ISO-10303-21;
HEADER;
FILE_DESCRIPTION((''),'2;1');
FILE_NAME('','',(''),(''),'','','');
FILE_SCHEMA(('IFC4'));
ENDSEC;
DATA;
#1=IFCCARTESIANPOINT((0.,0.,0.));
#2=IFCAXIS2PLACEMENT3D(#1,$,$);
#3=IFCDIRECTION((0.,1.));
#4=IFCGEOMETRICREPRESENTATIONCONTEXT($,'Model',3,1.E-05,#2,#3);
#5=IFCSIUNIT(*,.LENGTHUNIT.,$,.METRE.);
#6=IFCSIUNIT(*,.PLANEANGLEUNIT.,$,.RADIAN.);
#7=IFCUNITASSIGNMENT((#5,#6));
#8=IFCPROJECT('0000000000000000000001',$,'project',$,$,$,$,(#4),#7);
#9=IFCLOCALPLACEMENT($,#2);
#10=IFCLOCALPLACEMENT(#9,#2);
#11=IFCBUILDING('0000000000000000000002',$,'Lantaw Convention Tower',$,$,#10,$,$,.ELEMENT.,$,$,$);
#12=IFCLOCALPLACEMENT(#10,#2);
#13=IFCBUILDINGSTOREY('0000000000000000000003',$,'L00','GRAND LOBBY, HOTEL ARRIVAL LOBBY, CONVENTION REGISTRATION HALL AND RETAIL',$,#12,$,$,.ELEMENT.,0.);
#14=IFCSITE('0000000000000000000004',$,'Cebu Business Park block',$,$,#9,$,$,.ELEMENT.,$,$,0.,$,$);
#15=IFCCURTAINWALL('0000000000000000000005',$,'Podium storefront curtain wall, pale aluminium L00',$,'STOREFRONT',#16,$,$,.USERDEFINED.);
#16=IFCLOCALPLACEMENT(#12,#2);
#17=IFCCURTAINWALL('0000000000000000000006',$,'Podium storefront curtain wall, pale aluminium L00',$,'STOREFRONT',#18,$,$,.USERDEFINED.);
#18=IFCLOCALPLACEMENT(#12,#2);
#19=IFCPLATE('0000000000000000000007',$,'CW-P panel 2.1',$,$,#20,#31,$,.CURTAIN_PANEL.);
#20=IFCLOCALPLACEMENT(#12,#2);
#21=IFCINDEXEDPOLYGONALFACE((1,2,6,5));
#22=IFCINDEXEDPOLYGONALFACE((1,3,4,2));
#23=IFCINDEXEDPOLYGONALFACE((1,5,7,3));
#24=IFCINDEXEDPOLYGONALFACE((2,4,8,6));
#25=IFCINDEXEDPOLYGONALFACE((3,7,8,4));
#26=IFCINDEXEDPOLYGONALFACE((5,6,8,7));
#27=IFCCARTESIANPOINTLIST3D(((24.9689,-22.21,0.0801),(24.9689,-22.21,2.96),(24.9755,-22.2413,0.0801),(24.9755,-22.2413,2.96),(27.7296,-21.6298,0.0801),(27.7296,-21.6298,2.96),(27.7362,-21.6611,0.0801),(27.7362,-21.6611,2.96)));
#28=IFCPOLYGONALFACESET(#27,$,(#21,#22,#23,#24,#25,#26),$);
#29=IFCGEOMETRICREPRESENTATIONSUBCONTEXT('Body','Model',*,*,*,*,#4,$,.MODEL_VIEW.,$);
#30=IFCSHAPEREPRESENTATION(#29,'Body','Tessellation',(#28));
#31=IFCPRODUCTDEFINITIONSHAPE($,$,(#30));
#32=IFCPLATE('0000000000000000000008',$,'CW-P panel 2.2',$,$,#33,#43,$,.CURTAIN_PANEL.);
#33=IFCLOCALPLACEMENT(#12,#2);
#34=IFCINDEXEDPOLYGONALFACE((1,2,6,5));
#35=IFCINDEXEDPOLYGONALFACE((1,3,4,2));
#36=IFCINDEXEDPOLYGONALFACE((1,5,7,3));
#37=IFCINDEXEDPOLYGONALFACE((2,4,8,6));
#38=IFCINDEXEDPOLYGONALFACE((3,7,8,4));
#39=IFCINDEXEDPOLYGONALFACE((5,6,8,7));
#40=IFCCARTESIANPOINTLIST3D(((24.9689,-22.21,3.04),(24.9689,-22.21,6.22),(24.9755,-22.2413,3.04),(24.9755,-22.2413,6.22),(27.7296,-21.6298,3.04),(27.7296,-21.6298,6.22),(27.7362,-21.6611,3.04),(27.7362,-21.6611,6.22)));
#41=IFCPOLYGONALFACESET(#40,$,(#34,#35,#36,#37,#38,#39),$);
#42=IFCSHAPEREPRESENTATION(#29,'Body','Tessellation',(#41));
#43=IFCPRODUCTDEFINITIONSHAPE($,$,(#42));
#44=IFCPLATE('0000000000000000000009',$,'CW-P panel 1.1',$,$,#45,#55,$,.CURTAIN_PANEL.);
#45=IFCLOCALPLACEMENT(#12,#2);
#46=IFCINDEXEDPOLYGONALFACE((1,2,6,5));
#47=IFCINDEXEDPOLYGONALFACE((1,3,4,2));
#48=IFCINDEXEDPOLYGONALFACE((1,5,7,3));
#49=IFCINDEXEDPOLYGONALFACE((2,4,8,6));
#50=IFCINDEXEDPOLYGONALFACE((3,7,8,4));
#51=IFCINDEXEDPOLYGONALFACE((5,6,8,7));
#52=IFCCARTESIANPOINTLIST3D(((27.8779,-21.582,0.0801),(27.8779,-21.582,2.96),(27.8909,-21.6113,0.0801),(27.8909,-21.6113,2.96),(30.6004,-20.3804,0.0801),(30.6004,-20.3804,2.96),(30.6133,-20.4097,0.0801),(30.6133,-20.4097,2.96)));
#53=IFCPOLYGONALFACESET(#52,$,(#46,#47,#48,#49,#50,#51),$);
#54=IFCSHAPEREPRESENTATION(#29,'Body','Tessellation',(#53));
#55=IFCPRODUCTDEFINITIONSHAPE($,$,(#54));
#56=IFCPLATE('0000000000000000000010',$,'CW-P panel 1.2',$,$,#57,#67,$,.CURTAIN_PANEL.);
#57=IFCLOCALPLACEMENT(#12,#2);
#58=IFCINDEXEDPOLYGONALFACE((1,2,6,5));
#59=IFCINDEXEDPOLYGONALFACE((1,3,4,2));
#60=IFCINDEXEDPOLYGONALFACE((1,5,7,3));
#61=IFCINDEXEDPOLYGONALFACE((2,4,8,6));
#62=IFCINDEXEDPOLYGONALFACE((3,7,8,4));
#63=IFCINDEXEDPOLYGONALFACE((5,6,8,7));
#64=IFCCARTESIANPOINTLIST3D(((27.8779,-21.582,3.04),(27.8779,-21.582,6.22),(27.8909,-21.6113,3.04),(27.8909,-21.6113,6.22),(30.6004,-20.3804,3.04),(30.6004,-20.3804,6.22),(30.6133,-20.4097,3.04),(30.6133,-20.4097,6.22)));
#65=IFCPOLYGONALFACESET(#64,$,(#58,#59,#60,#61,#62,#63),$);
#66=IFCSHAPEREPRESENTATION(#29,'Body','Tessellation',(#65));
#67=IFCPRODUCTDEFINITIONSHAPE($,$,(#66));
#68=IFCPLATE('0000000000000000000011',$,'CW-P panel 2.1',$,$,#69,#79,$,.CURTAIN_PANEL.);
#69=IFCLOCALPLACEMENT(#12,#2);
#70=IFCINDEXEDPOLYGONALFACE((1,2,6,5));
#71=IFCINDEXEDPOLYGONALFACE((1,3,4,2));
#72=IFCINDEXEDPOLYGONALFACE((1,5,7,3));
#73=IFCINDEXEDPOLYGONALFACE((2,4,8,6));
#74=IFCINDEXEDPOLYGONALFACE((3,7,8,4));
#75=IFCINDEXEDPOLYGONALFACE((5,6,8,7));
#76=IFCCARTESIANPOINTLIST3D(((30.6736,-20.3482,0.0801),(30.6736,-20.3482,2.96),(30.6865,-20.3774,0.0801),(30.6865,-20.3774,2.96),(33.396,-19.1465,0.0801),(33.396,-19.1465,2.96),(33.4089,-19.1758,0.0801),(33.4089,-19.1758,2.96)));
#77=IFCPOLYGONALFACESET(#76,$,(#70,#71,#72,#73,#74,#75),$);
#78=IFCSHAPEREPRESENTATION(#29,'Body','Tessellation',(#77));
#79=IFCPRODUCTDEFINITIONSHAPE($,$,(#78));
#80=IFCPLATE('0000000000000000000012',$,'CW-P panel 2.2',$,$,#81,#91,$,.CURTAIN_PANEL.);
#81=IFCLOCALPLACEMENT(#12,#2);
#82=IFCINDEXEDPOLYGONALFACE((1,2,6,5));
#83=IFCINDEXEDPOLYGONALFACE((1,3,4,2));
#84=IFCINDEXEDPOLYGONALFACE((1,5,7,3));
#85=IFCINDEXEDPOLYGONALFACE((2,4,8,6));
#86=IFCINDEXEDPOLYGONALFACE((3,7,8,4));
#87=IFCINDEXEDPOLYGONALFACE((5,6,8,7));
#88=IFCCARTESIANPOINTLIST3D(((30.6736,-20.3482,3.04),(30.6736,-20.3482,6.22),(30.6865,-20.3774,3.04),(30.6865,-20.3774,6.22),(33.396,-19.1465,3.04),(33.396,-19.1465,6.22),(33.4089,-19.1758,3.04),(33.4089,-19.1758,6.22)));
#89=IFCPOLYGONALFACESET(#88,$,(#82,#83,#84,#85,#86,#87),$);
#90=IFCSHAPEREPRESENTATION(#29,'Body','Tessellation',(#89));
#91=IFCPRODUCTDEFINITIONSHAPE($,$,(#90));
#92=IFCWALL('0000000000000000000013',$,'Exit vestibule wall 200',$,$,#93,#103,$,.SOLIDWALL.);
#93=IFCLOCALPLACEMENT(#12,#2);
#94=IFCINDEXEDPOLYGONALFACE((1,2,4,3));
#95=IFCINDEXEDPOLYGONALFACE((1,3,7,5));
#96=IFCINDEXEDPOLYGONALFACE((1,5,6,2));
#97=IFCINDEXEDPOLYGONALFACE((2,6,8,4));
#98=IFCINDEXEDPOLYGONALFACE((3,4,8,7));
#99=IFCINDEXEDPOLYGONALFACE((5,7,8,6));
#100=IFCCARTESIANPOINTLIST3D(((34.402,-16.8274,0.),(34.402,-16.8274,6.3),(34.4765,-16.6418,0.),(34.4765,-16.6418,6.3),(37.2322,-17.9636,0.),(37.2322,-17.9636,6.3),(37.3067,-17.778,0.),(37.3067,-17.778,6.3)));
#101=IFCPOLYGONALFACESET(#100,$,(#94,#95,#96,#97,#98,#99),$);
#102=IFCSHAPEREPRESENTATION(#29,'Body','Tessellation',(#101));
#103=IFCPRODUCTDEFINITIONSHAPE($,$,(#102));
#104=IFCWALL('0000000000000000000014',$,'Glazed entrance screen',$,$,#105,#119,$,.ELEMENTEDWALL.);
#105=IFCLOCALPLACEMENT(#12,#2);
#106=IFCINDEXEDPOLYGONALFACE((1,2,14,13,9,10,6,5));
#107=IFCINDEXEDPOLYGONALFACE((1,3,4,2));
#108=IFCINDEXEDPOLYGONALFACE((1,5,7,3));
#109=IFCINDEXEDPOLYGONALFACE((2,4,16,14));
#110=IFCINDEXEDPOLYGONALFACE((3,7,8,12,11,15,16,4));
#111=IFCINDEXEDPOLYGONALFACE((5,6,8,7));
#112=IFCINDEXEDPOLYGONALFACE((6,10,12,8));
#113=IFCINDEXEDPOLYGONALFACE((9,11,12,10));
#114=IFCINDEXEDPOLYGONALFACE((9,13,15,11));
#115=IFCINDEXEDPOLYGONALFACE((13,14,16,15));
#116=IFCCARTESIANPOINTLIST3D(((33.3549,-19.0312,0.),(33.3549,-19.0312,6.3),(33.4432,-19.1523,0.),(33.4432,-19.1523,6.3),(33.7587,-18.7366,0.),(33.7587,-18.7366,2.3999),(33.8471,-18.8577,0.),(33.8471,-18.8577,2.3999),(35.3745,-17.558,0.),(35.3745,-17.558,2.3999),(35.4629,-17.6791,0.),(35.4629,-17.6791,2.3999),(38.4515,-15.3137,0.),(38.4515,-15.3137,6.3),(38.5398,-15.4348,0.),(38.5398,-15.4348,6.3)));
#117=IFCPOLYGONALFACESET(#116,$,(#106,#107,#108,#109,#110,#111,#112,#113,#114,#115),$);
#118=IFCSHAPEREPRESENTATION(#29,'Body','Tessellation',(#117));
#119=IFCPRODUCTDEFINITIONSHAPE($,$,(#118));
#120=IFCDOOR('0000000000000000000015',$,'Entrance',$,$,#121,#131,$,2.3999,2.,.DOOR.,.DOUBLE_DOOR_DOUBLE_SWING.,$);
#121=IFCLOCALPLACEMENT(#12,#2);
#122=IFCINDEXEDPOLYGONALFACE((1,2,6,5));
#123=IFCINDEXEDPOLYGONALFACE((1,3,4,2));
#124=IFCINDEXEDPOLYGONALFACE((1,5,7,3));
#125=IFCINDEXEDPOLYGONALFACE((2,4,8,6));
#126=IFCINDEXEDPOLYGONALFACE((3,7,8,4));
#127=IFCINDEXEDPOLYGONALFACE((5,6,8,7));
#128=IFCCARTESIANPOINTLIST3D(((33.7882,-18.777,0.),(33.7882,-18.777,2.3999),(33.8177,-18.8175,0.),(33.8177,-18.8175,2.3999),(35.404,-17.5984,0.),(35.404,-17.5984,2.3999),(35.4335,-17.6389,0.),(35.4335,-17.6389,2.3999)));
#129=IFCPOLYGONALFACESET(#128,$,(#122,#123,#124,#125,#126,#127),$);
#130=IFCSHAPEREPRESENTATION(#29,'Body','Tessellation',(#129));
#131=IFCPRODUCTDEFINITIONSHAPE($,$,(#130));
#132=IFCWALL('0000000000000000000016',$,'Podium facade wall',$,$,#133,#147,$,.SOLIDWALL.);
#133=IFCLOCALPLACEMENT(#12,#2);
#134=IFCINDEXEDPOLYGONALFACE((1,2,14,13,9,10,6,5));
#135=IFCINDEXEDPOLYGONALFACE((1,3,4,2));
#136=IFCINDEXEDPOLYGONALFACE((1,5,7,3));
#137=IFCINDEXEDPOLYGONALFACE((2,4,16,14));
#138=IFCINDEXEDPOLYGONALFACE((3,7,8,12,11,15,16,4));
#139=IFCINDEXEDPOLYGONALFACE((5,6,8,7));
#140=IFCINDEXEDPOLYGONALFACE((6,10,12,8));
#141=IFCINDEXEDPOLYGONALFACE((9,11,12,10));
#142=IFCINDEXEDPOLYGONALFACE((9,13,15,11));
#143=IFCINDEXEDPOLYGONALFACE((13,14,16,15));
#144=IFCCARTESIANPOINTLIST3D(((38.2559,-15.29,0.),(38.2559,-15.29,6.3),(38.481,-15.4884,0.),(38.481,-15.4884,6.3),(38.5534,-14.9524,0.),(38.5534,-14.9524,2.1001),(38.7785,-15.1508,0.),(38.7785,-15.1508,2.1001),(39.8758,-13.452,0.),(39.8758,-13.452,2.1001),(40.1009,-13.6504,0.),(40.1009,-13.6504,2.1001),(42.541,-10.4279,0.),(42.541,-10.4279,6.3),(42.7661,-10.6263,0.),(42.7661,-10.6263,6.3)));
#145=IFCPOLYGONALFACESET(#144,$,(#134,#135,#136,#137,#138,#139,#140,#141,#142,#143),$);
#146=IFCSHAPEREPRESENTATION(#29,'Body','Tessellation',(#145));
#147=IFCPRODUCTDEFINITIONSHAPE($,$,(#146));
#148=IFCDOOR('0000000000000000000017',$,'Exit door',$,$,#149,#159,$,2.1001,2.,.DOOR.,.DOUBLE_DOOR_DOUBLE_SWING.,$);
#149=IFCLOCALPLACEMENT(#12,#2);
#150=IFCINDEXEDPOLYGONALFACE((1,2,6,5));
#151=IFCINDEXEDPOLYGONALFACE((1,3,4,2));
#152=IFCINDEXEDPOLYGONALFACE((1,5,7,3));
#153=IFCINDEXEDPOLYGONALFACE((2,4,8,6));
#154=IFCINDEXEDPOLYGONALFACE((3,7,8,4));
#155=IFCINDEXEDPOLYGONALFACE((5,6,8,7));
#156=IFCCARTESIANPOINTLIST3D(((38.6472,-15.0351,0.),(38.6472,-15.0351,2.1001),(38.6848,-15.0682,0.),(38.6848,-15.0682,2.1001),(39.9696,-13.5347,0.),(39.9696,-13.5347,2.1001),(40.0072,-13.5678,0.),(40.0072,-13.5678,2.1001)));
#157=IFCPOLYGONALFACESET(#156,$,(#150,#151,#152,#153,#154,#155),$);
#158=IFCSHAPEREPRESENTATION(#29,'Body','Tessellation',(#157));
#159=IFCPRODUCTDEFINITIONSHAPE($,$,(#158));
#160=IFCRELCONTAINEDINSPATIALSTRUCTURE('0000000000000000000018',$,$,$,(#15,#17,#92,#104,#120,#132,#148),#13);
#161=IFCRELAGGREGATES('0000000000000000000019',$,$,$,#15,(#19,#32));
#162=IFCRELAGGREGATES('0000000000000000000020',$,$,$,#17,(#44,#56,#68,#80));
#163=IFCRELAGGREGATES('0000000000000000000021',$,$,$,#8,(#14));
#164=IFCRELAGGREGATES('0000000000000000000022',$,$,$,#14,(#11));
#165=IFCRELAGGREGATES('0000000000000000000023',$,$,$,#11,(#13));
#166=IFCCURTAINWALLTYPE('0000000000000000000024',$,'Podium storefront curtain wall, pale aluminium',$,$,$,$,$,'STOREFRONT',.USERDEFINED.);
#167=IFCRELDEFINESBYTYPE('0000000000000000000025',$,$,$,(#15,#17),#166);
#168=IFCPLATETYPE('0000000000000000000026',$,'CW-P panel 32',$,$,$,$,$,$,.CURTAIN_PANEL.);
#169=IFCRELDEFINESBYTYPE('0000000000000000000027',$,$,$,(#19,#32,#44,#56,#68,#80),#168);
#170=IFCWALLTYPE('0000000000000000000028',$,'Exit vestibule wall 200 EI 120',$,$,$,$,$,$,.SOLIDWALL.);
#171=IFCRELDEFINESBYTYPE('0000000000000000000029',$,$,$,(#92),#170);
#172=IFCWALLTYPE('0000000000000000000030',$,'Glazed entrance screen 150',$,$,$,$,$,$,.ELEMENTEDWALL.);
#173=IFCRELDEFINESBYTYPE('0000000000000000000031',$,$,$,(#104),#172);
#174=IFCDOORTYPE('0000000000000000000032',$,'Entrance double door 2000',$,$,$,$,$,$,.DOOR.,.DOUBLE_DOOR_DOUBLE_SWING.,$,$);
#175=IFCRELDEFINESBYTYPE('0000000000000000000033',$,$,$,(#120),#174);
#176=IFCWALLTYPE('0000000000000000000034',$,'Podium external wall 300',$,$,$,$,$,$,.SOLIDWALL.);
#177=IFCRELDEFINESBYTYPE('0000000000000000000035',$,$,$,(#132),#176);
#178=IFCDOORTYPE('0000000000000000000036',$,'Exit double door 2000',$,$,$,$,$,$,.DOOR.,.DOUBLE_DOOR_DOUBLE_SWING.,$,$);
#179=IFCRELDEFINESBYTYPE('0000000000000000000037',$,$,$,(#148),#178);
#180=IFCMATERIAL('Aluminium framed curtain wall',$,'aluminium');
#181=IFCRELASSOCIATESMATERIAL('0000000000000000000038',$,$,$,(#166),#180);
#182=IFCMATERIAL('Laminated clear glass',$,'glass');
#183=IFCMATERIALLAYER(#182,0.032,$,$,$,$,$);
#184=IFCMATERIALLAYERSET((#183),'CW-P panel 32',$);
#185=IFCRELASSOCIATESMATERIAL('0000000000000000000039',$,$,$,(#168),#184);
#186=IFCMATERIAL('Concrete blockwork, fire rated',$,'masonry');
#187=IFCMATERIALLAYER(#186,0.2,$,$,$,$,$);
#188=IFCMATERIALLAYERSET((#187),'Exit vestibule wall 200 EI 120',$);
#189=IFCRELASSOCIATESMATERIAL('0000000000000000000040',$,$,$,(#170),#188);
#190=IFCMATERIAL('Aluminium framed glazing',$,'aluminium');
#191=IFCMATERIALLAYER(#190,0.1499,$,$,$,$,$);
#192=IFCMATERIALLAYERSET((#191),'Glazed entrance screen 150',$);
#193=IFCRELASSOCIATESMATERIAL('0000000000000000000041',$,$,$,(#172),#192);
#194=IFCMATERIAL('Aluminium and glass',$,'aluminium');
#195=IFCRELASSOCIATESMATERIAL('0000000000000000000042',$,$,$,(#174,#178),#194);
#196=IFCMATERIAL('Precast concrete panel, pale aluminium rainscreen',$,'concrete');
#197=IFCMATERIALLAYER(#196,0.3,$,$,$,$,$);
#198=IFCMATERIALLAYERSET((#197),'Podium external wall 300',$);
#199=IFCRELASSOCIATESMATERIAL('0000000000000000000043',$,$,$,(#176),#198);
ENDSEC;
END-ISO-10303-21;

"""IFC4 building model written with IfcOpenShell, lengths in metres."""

from ifc_helpers import new_model, si_unit, direction, frame, frame_2d, origin, origin_2d, place, context, subcontext, project, spatial, rectangle, extrude, material, layer, layer_set, type_object, element, fill, aggregate, save


model = new_model("IFC4")

# Units and contexts
model_context = context("Model", 3, precision=1e-05, world=origin(), true_north=direction((0.0, 1.0)))
body_context = subcontext(model_context, "Body", "Model", "MODEL_VIEW")
ifc_project = project(units=[si_unit("LENGTHUNIT", "METRE"), si_unit("PLANEANGLEUNIT", "RADIAN")], contexts=[model_context])

# Site, building, storey
site_placement = place(None, origin())
site = spatial("IfcSite", under=ifc_project, at=site_placement, Name="Cebu Business Park block", CompositionType="ELEMENT", RefElevation=0.0)
building_placement = place(site_placement, origin())
building = spatial("IfcBuilding", under=site, at=building_placement, Name="Lantaw Convention Tower", CompositionType="ELEMENT")
storey_placement = place(building_placement, origin())
storey = spatial("IfcBuildingStorey", under=building, at=storey_placement, Name="L00", Description="GRAND LOBBY, HOTEL ARRIVAL LOBBY, CONVENTION REGISTRATION HALL AND RETAIL", CompositionType="ELEMENT", Elevation=0.0)

# Curtain wall
ifc_material_1 = material(Name="Aluminium framed curtain wall", Category="aluminium")
curtain_wall_type = type_object("IfcCurtainWallType", Name="Podium storefront curtain wall, pale aluminium", ElementType="STOREFRONT", PredefinedType="USERDEFINED", material=ifc_material_1)
curtain_wall_1_placement = place(storey_placement, origin())
curtain_wall_1 = element("IfcCurtainWall", 1, at=curtain_wall_1_placement, inside=storey, type_object=curtain_wall_type, Name="Podium storefront curtain wall, pale aluminium L00", ObjectType="STOREFRONT", PredefinedType="USERDEFINED")

# Curtain wall
curtain_wall_2_placement = place(storey_placement, origin())
curtain_wall_2 = element("IfcCurtainWall", 2, at=curtain_wall_2_placement, inside=storey, type_object=curtain_wall_type, Name="Podium storefront curtain wall, pale aluminium L00", ObjectType="STOREFRONT", PredefinedType="USERDEFINED")

# Plates
ifc_material_2 = material(Name="Laminated clear glass", Category="glass")
ifc_layer_1 = layer(ifc_material_2, 0.032)
ifc_layer_set_1 = layer_set([ifc_layer_1], Name="CW-P panel 32")
plate_type = type_object("IfcPlateType", Name="CW-P panel 32", PredefinedType="CURTAIN_PANEL", material=ifc_layer_set_1)
plate_1_placement = place(storey_placement, frame((26.3525, -21.9355, 0.0801), z_axis=(0.0, 0.0, 1.0), x_axis=(0.978625, 0.205652, 0.0)))
plate_1 = element("IfcPlate", 3, at=plate_1_placement, type_object=plate_type, Name="CW-P panel 2.1", PredefinedType="CURTAIN_PANEL", context=body_context, shape_type="SweptSolid", body=[
    extrude(rectangle(XDim=2.821, YDim=0.032, at=origin_2d()), origin(), (0.0, 0.0, 1.0), 2.8799),
])
plate_2_placement = place(storey_placement, frame((26.3525, -21.9355, 3.04), z_axis=(0.0, 0.0, 1.0), x_axis=(0.978625, 0.205652, 0.0)))
plate_2 = element("IfcPlate", 4, at=plate_2_placement, type_object=plate_type, Name="CW-P panel 2.2", PredefinedType="CURTAIN_PANEL", context=body_context, shape_type="SweptSolid", body=[
    extrude(rectangle(XDim=2.821, YDim=0.032, at=origin_2d()), origin(), (0.0, 0.0, 1.0), 3.1799),
])
aggregate(curtain_wall_1, [plate_1, plate_2])
plate_3_placement = place(storey_placement, frame((29.2456, -20.9958, 0.0801), z_axis=(0.0, 0.0, 1.0), x_axis=(0.914846, 0.403804, 0.0)))
plate_3 = element("IfcPlate", 5, at=plate_3_placement, type_object=plate_type, Name="CW-P panel 1.1", PredefinedType="CURTAIN_PANEL", context=body_context, shape_type="SweptSolid", body=[
    extrude(rectangle(XDim=2.9758, YDim=0.032, at=origin_2d()), origin(), (0.0, 0.0, 1.0), 2.8799),
])
plate_4_placement = place(storey_placement, frame((29.2456, -20.9958, 3.04), z_axis=(0.0, 0.0, 1.0), x_axis=(0.914846, 0.403804, 0.0)))
plate_4 = element("IfcPlate", 6, at=plate_4_placement, type_object=plate_type, Name="CW-P panel 1.2", PredefinedType="CURTAIN_PANEL", context=body_context, shape_type="SweptSolid", body=[
    extrude(rectangle(XDim=2.9758, YDim=0.032, at=origin_2d()), origin(), (0.0, 0.0, 1.0), 3.1799),
])
plate_5_placement = place(storey_placement, frame((32.0413, -19.762, 0.0801), z_axis=(0.0, 0.0, 1.0), x_axis=(0.914846, 0.403804, 0.0)))
plate_5 = element("IfcPlate", 7, at=plate_5_placement, type_object=plate_type, Name="CW-P panel 2.1", PredefinedType="CURTAIN_PANEL", context=body_context, shape_type="SweptSolid", body=[
    extrude(rectangle(XDim=2.9758, YDim=0.032, at=origin_2d()), origin(), (0.0, 0.0, 1.0), 2.8799),
])
plate_6_placement = place(storey_placement, frame((32.0413, -19.762, 3.04), z_axis=(0.0, 0.0, 1.0), x_axis=(0.914846, 0.403804, 0.0)))
plate_6 = element("IfcPlate", 8, at=plate_6_placement, type_object=plate_type, Name="CW-P panel 2.2", PredefinedType="CURTAIN_PANEL", context=body_context, shape_type="SweptSolid", body=[
    extrude(rectangle(XDim=2.9758, YDim=0.032, at=origin_2d()), origin(), (0.0, 0.0, 1.0), 3.1799),
])
aggregate(curtain_wall_2, [plate_3, plate_4, plate_5, plate_6])

# Wall
ifc_material_3 = material(Name="Concrete blockwork, fire rated", Category="masonry")
ifc_layer_2 = layer(ifc_material_3, 0.2)
ifc_layer_set_2 = layer_set([ifc_layer_2], Name="Exit vestibule wall 200 EI 120")
wall_type_1 = type_object("IfcWallType", Name="Exit vestibule wall 200 EI 120", PredefinedType="SOLIDWALL", material=ifc_layer_set_2)
wall_1_placement = place(storey_placement, frame((34.4392, -16.7346, 0.0), z_axis=(0.0, 0.0, 1.0), x_axis=(0.928012, -0.37255, 0.0)))
element("IfcWall", 9, at=wall_1_placement, inside=storey, type_object=wall_type_1, Name="Exit vestibule wall 200", PredefinedType="SOLIDWALL", context=body_context, shape_type="SweptSolid", body=[
    extrude(rectangle(XDim=3.0498, YDim=0.2, at=frame_2d((1.5249, 0.0))), origin(), (0.0, 0.0, 1.0), 6.3),
])

# Walls, openings, doors
ifc_material_4 = material(Name="Aluminium framed glazing", Category="aluminium")
ifc_layer_3 = layer(ifc_material_4, 0.1499)
ifc_layer_set_3 = layer_set([ifc_layer_3], Name="Glazed entrance screen 150")
wall_type_2 = type_object("IfcWallType", Name="Glazed entrance screen 150", PredefinedType="ELEMENTEDWALL", material=ifc_layer_set_3)
wall_2_placement = place(storey_placement, frame((33.3989, -19.0918, 0.0), z_axis=(0.0, 0.0, 1.0), x_axis=(0.807917, 0.589296, 0.0)))
wall_2 = element("IfcWall", 10, at=wall_2_placement, inside=storey, type_object=wall_type_2, Name="Glazed entrance screen", PredefinedType="ELEMENTEDWALL", context=body_context, shape_type="SweptSolid", body=[
    extrude(rectangle(XDim=6.3083, YDim=0.1499, at=frame_2d((3.1543, 0.0))), origin(), (0.0, 0.0, 1.0), 6.3),
])
opening_1_placement = place(wall_2_placement, frame((0.5, 0.0, 0.0)))
opening_1 = element("IfcOpeningElement", 11, at=opening_1_placement, cuts=wall_2, PredefinedType="OPENING", context=body_context, shape_type="SweptSolid", body=[
    extrude(rectangle(XDim=2.0, YDim=2.3999, at=frame_2d((1.0, 1.2))), frame((0.0, 0.085, 0.0), z_axis=(0.0, -1.0, 0.0), x_axis=(1.0, 0.0, 0.0)), (0.0, 0.0, 1.0), 0.1699),
])
ifc_material_5 = material(Name="Aluminium and glass", Category="aluminium")
door_type_1 = type_object("IfcDoorType", Name="Entrance double door 2000", OperationType="DOUBLE_DOOR_DOUBLE_SWING", PredefinedType="DOOR", material=ifc_material_5)
door_1_placement = place(opening_1_placement, origin())
door_1 = element("IfcDoor", 12, at=door_1_placement, inside=storey, type_object=door_type_1, Name="Entrance", OperationType="DOUBLE_DOOR_DOUBLE_SWING", OverallHeight=2.3999, OverallWidth=2.0, PredefinedType="DOOR", context=body_context, shape_type="SweptSolid", body=[
    extrude(rectangle(XDim=2.0, YDim=2.3999, at=frame_2d((1.0, 1.2))), frame((0.0, 0.0249, 0.0), z_axis=(0.0, -1.0, 0.0), x_axis=(1.0, 0.0, 0.0)), (0.0, 0.0, 1.0), 0.05),
])
fill(opening_1, door_1)
ifc_material_6 = material(Name="Precast concrete panel, pale aluminium rainscreen", Category="concrete")
ifc_layer_4 = layer(ifc_material_6, 0.3)
ifc_layer_set_4 = layer_set([ifc_layer_4], Name="Podium external wall 300")
wall_type_3 = type_object("IfcWallType", Name="Podium external wall 300", PredefinedType="SOLIDWALL", material=ifc_layer_set_4)
wall_3_placement = place(storey_placement, frame((38.3684, -15.3892, 0.0), z_axis=(0.0, 0.0, 1.0), x_axis=(0.661197, 0.750213, 0.0)))
wall_3 = element("IfcWall", 13, at=wall_3_placement, inside=storey, type_object=wall_type_3, Name="Podium facade wall", PredefinedType="SOLIDWALL", context=body_context, shape_type="SweptSolid", body=[
    extrude(rectangle(XDim=6.481, YDim=0.3, at=frame_2d((3.2405, 0.0))), origin(), (0.0, 0.0, 1.0), 6.3),
])
opening_2_placement = place(wall_3_placement, frame((0.45, 0.0, 0.0)))
opening_2 = element("IfcOpeningElement", 14, at=opening_2_placement, cuts=wall_3, PredefinedType="OPENING", context=body_context, shape_type="SweptSolid", body=[
    extrude(rectangle(XDim=2.0, YDim=2.1001, at=frame_2d((1.0, 1.05))), frame((0.0, 0.1599, 0.0), z_axis=(0.0, -1.0, 0.0), x_axis=(1.0, 0.0, 0.0)), (0.0, 0.0, 1.0), 0.3201),
])
door_type_2 = type_object("IfcDoorType", Name="Exit double door 2000", OperationType="DOUBLE_DOOR_DOUBLE_SWING", PredefinedType="DOOR", material=ifc_material_5)
door_2_placement = place(opening_2_placement, origin())
door_2 = element("IfcDoor", 15, at=door_2_placement, inside=storey, type_object=door_type_2, Name="Exit door", OperationType="DOUBLE_DOOR_DOUBLE_SWING", OverallHeight=2.1001, OverallWidth=2.0, PredefinedType="DOOR", context=body_context, shape_type="SweptSolid", body=[
    extrude(rectangle(XDim=2.0, YDim=2.1001, at=frame_2d((1.0, 1.05))), frame((0.0, 0.0249, 0.0), z_axis=(0.0, -1.0, 0.0), x_axis=(1.0, 0.0, 0.0)), (0.0, 0.0, 1.0), 0.05),
])
fill(opening_2, door_2)

save(model, "model.ifc")
